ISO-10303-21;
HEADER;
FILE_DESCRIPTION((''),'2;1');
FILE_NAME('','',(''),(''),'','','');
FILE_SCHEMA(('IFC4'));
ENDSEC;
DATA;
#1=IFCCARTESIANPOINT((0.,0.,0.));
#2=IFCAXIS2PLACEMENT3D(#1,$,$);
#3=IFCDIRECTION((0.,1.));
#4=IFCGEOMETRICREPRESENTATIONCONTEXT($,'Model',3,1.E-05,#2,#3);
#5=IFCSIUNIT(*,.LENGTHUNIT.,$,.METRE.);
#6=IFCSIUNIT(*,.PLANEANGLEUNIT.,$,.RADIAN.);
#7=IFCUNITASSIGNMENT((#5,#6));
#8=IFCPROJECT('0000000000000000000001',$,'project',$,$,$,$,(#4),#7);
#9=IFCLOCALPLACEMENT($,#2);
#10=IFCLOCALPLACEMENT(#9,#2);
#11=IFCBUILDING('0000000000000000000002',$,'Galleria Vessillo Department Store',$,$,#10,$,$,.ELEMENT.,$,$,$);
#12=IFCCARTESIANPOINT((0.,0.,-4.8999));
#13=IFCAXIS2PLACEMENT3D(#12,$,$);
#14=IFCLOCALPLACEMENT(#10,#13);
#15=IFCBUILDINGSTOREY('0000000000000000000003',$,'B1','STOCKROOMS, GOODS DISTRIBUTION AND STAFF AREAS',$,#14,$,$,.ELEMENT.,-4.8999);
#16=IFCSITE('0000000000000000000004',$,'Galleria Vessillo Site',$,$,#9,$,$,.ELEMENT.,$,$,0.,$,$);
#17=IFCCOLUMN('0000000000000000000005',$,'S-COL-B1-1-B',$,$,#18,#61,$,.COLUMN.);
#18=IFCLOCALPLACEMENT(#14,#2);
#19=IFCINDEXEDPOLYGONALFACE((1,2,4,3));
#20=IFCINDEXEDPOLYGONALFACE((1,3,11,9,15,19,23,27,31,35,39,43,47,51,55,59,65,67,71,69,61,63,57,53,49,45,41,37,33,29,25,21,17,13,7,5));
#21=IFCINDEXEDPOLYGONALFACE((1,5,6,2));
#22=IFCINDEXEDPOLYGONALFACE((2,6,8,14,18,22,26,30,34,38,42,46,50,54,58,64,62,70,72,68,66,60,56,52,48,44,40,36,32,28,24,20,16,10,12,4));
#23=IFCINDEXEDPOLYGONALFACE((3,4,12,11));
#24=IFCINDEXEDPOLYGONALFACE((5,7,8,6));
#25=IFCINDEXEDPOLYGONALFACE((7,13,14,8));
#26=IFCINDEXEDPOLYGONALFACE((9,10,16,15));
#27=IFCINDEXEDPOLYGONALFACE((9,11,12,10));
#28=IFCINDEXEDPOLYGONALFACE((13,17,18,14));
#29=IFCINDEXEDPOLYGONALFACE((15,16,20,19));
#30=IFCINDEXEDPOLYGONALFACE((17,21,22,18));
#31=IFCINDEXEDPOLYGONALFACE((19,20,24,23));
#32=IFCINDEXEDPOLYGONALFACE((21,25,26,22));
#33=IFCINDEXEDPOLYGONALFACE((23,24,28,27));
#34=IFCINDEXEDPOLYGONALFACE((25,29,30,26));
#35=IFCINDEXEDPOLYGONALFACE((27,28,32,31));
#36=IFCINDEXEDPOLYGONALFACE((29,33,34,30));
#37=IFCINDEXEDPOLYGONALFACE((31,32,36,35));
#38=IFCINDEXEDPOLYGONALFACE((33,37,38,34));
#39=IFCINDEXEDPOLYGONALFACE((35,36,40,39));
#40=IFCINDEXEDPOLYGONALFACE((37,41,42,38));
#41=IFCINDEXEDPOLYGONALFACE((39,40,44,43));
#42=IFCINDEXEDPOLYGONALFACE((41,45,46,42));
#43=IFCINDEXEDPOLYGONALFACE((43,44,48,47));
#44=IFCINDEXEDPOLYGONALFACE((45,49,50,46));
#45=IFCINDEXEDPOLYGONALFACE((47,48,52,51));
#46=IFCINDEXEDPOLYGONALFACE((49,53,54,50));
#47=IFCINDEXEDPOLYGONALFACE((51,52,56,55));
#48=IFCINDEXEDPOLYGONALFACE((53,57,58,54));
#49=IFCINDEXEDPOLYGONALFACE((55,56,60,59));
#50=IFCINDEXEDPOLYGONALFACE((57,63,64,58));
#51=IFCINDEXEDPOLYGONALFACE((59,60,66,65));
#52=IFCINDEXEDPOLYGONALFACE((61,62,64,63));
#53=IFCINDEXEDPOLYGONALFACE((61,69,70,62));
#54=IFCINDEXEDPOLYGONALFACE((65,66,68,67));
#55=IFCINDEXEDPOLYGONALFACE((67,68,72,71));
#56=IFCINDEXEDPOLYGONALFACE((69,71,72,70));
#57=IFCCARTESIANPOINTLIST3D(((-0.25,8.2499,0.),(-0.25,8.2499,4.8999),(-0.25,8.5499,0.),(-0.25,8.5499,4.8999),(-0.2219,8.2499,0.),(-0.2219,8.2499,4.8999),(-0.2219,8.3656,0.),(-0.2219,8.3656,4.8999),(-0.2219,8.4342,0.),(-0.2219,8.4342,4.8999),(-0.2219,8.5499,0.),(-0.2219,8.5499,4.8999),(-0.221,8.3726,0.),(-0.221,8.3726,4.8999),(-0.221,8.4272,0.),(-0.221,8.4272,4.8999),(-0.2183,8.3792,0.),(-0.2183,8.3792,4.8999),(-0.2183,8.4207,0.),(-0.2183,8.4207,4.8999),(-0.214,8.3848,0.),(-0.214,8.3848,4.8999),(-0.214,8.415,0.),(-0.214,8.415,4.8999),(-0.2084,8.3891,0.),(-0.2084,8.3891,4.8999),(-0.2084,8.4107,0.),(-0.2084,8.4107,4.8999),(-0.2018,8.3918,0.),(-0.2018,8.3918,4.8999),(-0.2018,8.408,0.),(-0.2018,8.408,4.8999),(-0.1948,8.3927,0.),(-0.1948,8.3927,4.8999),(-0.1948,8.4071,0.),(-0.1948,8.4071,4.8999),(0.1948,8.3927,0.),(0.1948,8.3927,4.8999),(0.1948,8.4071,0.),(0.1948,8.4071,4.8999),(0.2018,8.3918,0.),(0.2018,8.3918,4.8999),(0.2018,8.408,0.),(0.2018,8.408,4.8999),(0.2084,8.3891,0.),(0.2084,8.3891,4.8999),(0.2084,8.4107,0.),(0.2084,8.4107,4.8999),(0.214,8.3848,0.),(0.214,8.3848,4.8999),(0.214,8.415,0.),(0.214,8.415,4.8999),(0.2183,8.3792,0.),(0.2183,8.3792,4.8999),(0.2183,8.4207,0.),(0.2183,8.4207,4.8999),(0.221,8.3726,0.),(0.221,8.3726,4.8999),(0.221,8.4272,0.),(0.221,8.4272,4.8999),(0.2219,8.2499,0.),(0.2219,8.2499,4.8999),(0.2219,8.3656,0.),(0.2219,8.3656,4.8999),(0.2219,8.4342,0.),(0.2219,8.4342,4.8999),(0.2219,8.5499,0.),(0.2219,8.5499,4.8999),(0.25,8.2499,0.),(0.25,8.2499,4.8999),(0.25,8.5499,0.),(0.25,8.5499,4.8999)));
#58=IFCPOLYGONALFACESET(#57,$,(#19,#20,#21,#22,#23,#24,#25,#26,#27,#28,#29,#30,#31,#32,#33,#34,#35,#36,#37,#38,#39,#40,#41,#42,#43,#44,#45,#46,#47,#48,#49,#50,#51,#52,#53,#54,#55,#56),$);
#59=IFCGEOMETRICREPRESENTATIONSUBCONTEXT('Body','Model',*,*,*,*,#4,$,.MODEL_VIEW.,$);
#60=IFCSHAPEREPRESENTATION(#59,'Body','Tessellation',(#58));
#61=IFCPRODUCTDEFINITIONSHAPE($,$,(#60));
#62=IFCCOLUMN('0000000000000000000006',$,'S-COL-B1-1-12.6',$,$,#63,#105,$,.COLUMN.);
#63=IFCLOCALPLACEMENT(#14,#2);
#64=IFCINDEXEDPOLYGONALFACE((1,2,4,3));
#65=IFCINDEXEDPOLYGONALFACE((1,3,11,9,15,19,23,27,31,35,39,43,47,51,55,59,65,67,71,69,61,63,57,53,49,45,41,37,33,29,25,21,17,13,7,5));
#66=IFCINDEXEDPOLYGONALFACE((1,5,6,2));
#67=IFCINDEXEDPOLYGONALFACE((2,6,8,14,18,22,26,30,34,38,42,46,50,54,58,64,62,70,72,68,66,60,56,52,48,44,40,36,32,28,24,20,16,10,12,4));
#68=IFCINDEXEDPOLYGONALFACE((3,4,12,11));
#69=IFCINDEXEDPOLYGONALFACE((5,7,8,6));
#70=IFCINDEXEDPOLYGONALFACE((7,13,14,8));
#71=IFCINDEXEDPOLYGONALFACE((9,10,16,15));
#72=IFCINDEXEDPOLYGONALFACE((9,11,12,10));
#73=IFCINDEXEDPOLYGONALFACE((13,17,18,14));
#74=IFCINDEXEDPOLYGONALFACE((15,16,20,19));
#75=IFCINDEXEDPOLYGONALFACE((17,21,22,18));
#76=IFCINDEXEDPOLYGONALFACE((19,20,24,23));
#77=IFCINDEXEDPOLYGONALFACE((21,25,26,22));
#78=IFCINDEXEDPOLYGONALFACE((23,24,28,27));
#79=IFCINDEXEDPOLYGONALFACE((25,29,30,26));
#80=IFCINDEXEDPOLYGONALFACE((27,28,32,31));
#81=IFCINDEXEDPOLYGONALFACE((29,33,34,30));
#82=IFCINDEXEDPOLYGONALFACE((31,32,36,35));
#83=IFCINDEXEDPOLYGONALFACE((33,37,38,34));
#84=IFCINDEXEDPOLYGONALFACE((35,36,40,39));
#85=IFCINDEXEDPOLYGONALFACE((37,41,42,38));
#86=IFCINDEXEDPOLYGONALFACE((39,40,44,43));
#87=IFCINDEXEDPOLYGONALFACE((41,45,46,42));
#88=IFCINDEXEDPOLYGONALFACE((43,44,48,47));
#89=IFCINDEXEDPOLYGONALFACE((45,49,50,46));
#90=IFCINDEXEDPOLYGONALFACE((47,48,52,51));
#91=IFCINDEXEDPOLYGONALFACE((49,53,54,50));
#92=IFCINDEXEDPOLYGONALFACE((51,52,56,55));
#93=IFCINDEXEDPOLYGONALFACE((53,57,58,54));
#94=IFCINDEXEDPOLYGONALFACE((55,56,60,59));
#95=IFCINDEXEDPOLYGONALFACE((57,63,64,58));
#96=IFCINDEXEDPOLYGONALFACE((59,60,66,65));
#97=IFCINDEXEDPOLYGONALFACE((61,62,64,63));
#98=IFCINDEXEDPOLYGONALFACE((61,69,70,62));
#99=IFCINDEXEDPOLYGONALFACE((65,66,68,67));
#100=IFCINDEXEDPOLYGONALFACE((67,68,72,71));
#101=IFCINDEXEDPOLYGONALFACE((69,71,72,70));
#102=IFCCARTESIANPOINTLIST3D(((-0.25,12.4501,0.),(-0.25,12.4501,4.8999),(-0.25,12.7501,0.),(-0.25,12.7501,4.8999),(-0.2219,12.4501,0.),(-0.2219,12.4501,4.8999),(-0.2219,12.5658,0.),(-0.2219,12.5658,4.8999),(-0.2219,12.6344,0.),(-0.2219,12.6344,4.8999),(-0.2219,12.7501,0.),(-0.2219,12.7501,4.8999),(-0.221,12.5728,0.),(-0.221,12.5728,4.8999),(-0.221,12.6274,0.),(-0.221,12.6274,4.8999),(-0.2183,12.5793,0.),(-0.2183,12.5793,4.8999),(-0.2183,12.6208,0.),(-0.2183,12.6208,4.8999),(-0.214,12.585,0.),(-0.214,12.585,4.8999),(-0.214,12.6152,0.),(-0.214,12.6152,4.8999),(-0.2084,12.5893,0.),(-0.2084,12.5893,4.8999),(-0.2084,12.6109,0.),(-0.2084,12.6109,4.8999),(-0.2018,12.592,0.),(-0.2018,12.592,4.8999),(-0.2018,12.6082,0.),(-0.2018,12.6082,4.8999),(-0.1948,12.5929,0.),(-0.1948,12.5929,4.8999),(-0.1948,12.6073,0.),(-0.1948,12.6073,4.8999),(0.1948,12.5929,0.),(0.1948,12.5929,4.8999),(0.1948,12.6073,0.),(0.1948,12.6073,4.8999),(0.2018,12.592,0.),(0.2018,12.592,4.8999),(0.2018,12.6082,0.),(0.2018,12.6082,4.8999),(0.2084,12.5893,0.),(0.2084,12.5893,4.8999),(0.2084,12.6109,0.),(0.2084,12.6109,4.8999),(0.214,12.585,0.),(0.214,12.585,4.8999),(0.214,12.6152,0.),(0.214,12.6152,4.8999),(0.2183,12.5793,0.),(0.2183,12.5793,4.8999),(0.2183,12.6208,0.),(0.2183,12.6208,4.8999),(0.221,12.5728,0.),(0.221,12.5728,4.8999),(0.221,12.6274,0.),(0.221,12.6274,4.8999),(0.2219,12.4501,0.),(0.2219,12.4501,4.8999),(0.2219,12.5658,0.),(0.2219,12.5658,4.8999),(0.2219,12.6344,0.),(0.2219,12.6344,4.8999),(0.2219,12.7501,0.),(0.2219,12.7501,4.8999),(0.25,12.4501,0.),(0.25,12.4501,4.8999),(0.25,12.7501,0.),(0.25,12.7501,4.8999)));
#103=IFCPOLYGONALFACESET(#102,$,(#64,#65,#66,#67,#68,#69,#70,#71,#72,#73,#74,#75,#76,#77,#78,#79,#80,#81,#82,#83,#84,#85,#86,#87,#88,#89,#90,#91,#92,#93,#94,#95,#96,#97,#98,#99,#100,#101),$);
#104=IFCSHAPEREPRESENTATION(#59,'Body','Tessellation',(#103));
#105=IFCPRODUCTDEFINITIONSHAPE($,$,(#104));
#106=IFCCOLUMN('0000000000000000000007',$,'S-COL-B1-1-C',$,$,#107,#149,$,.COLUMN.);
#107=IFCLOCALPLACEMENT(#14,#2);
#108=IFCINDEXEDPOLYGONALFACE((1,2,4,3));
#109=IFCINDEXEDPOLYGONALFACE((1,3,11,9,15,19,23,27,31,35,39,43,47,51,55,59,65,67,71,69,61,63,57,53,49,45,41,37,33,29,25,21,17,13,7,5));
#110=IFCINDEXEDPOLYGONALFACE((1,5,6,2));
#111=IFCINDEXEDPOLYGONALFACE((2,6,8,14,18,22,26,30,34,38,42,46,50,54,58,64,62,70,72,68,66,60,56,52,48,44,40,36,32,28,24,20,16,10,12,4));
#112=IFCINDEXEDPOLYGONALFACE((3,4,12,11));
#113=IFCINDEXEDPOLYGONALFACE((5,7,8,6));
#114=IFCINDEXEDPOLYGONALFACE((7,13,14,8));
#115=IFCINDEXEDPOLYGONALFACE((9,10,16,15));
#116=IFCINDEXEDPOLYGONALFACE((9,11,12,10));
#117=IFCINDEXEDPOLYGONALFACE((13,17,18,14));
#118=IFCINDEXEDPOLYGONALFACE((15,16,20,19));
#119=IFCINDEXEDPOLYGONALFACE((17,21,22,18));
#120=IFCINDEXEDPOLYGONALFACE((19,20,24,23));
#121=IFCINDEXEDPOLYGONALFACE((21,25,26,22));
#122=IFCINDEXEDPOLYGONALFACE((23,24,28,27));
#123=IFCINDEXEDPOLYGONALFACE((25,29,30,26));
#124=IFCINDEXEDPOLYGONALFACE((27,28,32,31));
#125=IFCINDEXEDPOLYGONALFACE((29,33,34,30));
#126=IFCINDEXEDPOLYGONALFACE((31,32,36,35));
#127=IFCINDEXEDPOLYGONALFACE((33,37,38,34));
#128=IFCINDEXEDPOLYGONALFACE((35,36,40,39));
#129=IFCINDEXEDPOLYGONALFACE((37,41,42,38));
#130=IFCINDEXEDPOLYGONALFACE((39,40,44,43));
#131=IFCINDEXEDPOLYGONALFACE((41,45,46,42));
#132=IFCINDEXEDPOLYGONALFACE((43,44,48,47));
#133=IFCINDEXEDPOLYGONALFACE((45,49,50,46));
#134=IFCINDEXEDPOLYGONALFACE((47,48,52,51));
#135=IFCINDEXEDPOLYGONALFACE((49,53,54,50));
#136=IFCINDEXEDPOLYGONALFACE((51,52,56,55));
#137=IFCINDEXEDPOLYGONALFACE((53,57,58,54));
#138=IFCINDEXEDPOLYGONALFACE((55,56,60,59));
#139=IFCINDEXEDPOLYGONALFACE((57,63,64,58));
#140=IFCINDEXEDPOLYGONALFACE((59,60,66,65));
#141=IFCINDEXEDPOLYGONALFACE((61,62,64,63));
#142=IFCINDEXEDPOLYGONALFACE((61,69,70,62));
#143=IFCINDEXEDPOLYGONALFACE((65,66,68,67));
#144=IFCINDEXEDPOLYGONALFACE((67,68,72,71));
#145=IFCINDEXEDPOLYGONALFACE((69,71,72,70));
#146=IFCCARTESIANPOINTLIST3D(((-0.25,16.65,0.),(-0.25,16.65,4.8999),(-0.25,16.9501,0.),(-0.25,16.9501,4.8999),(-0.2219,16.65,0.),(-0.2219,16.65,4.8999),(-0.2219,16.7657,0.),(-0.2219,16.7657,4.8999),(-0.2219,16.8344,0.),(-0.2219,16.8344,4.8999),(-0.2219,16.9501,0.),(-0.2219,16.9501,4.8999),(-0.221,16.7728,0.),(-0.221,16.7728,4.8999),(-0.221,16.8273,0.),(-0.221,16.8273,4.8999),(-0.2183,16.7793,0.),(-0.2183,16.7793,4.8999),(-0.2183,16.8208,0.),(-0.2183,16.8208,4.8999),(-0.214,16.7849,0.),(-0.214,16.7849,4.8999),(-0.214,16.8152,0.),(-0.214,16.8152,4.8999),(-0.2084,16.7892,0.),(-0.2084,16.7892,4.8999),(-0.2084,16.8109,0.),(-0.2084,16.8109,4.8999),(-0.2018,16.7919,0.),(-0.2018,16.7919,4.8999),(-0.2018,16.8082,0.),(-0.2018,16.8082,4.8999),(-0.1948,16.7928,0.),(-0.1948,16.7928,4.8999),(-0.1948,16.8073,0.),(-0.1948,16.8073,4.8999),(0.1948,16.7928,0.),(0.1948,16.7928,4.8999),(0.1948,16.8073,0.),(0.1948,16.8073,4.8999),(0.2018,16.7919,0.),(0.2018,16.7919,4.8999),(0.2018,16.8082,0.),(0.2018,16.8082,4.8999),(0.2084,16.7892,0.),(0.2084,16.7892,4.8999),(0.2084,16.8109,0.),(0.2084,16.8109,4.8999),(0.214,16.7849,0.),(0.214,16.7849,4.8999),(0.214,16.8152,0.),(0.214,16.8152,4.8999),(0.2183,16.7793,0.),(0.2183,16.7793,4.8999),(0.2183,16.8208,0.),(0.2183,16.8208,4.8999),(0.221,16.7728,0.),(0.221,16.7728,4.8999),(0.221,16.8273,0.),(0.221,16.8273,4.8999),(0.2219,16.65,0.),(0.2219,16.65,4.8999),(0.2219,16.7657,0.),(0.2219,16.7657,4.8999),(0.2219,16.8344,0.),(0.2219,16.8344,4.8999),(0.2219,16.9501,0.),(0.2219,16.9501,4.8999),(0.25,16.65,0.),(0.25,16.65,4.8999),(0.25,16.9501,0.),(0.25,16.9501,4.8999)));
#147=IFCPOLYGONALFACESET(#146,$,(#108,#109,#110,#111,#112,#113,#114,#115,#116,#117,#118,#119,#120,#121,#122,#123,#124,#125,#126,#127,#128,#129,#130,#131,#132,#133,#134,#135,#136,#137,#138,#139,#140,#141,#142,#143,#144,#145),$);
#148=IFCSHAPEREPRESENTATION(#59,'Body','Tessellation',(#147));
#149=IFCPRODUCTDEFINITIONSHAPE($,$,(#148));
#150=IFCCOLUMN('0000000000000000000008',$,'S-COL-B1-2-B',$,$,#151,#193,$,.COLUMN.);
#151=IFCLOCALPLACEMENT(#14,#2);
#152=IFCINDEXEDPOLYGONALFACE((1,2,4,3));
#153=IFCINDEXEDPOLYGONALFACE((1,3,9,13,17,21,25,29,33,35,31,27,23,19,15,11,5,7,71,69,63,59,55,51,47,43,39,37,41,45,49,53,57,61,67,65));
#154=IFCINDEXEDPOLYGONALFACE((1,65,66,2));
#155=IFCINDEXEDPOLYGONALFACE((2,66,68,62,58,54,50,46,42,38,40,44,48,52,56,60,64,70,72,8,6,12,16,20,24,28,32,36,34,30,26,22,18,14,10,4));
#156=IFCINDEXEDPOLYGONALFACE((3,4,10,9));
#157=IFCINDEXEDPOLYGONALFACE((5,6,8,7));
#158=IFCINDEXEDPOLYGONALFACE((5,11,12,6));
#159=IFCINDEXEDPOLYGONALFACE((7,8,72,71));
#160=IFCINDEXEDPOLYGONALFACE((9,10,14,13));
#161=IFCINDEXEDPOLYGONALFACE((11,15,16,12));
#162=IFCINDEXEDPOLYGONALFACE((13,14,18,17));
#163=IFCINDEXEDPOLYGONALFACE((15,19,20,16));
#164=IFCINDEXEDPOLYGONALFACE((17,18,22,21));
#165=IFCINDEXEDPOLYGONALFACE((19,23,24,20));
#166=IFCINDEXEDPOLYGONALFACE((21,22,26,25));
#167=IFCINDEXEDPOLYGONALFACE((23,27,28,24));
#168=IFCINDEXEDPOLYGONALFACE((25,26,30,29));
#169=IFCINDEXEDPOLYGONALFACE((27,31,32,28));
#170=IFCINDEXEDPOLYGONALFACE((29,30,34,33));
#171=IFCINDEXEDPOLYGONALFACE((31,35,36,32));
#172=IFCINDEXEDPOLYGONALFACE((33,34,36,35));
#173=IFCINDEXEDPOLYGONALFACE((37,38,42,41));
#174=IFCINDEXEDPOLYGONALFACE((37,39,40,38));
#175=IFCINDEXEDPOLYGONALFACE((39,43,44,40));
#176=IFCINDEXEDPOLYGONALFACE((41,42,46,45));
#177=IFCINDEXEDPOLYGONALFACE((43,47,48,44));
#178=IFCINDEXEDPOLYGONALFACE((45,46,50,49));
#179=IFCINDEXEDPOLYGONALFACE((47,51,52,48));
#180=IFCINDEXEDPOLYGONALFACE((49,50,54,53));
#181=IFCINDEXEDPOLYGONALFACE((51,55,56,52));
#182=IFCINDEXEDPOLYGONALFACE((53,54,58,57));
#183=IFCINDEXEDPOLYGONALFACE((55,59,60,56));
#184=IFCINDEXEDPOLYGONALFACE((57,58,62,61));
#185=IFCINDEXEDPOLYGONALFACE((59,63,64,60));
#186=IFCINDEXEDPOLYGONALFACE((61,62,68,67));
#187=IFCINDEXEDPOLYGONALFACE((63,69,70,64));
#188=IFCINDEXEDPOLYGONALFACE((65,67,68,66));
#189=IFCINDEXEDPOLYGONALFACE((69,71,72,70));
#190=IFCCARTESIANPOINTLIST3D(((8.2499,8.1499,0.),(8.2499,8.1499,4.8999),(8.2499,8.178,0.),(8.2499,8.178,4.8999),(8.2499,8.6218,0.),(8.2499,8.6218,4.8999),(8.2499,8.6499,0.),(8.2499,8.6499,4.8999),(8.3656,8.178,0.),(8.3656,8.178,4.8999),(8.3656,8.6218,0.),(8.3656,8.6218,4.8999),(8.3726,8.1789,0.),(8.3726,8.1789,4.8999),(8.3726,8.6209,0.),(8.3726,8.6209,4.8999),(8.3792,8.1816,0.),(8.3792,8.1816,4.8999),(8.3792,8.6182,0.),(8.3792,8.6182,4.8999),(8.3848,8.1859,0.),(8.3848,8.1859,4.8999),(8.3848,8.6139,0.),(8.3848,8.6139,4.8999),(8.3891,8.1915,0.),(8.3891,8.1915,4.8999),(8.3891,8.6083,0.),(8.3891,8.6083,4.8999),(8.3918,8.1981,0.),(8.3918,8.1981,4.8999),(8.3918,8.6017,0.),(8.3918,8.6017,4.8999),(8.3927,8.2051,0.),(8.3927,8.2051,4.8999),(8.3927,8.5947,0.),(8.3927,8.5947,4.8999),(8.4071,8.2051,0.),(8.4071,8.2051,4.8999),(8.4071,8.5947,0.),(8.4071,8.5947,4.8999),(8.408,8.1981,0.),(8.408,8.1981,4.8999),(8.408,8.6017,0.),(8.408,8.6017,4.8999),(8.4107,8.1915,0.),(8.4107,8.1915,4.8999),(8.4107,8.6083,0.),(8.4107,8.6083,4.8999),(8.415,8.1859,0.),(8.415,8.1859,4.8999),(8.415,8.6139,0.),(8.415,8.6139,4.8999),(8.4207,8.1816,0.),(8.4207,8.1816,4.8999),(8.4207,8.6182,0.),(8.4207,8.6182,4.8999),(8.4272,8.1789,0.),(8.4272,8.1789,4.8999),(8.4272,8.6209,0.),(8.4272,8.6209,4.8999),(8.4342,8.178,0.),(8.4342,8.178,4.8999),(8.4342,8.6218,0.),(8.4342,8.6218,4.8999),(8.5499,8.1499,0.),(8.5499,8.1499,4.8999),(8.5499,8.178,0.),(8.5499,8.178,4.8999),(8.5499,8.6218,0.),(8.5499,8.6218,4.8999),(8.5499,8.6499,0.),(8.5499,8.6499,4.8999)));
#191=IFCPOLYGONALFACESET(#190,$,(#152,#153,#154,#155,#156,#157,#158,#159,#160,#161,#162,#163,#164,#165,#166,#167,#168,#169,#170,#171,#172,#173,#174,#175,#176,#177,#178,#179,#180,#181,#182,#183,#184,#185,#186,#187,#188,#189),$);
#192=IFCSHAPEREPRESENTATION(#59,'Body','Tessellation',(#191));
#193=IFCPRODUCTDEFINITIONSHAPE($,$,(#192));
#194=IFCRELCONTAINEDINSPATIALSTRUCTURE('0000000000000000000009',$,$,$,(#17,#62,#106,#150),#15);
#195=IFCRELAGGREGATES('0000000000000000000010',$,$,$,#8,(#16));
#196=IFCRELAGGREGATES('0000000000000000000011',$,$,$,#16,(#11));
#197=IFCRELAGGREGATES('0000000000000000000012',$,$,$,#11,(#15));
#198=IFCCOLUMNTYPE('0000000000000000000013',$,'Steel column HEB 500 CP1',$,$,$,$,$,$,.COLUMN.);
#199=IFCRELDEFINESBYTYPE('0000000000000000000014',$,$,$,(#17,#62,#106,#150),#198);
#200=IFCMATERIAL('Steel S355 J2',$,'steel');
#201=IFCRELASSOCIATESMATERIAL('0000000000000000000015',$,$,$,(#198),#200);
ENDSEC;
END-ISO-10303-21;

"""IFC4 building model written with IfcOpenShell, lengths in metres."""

from ifc_helpers import new_model, si_unit, direction, frame, origin, origin_2d, place, context, subcontext, project, spatial, i_section, extrude, material, material_profile, profile_set, type_object, element, save


model = new_model("IFC4")

# Units and contexts
model_context = context("Model", 3, precision=1e-05, world=origin(), true_north=direction((0.0, 1.0)))
body_context = subcontext(model_context, "Body", "Model", "MODEL_VIEW")
ifc_project = project(units=[si_unit("LENGTHUNIT", "METRE"), si_unit("PLANEANGLEUNIT", "RADIAN")], contexts=[model_context])

# Site, building, storey
site_placement = place(None, origin())
site = spatial("IfcSite", under=ifc_project, at=site_placement, Name="Galleria Vessillo Site", CompositionType="ELEMENT", RefElevation=0.0)
building_placement = place(site_placement, origin())
building = spatial("IfcBuilding", under=site, at=building_placement, Name="Galleria Vessillo Department Store", CompositionType="ELEMENT")
storey_placement = place(building_placement, frame((0.0, 0.0, -4.8999)))
storey = spatial("IfcBuildingStorey", under=building, at=storey_placement, Name="B1", Description="STOCKROOMS, GOODS DISTRIBUTION AND STAFF AREAS", CompositionType="ELEMENT", Elevation=-4.8999)

# Columns
ifc_material_1 = material(Name="Steel S355 J2", Category="steel")
ifc_material_profile = material_profile(ifc_material_1, i_section(OverallWidth=0.3, OverallDepth=0.5, WebThickness=0.0144, FlangeThickness=0.0281, FilletRadius=0.0271, at=origin_2d()), Name="HEB 500")
ifc_profile_set = profile_set([ifc_material_profile], Name="Steel S355 J2")
column_type = type_object("IfcColumnType", Name="Steel column HEB 500 CP1", PredefinedType="COLUMN", material=ifc_profile_set)
for number, where, z_axis, x_axis, name in (
    (1, (0.0, 8.3999, 0.0), (0.0, 0.0, 1.0), (0.0, 1.0, 0.0), "S-COL-B1-1-B"),
    (2, (0.0, 12.6001, 0.0), (0.0, 0.0, 1.0), (0.0, 1.0, 0.0), "S-COL-B1-1-12.6"),
    (3, (0.0, 16.8, 0.0), (0.0, 0.0, 1.0), (0.0, 1.0, 0.0), "S-COL-B1-1-C"),
    (4, (8.3999, 8.3999, 0.0), (0.0, 0.0, 1.0), (1.0, 0.0, 0.0), "S-COL-B1-2-B"),
):
    element("IfcColumn", number, at=place(storey_placement, frame(where, z_axis=z_axis, x_axis=x_axis)), inside=storey, type_object=column_type, Name=name, PredefinedType="COLUMN", context=body_context, shape_type="SweptSolid", body=[
        extrude(i_section(OverallWidth=0.3, OverallDepth=0.5, WebThickness=0.0144, FlangeThickness=0.0281, FilletRadius=0.0271, at=origin_2d()), origin(), (0.0, 0.0, 1.0), 4.8999),
    ])

save(model, "model.ifc")
